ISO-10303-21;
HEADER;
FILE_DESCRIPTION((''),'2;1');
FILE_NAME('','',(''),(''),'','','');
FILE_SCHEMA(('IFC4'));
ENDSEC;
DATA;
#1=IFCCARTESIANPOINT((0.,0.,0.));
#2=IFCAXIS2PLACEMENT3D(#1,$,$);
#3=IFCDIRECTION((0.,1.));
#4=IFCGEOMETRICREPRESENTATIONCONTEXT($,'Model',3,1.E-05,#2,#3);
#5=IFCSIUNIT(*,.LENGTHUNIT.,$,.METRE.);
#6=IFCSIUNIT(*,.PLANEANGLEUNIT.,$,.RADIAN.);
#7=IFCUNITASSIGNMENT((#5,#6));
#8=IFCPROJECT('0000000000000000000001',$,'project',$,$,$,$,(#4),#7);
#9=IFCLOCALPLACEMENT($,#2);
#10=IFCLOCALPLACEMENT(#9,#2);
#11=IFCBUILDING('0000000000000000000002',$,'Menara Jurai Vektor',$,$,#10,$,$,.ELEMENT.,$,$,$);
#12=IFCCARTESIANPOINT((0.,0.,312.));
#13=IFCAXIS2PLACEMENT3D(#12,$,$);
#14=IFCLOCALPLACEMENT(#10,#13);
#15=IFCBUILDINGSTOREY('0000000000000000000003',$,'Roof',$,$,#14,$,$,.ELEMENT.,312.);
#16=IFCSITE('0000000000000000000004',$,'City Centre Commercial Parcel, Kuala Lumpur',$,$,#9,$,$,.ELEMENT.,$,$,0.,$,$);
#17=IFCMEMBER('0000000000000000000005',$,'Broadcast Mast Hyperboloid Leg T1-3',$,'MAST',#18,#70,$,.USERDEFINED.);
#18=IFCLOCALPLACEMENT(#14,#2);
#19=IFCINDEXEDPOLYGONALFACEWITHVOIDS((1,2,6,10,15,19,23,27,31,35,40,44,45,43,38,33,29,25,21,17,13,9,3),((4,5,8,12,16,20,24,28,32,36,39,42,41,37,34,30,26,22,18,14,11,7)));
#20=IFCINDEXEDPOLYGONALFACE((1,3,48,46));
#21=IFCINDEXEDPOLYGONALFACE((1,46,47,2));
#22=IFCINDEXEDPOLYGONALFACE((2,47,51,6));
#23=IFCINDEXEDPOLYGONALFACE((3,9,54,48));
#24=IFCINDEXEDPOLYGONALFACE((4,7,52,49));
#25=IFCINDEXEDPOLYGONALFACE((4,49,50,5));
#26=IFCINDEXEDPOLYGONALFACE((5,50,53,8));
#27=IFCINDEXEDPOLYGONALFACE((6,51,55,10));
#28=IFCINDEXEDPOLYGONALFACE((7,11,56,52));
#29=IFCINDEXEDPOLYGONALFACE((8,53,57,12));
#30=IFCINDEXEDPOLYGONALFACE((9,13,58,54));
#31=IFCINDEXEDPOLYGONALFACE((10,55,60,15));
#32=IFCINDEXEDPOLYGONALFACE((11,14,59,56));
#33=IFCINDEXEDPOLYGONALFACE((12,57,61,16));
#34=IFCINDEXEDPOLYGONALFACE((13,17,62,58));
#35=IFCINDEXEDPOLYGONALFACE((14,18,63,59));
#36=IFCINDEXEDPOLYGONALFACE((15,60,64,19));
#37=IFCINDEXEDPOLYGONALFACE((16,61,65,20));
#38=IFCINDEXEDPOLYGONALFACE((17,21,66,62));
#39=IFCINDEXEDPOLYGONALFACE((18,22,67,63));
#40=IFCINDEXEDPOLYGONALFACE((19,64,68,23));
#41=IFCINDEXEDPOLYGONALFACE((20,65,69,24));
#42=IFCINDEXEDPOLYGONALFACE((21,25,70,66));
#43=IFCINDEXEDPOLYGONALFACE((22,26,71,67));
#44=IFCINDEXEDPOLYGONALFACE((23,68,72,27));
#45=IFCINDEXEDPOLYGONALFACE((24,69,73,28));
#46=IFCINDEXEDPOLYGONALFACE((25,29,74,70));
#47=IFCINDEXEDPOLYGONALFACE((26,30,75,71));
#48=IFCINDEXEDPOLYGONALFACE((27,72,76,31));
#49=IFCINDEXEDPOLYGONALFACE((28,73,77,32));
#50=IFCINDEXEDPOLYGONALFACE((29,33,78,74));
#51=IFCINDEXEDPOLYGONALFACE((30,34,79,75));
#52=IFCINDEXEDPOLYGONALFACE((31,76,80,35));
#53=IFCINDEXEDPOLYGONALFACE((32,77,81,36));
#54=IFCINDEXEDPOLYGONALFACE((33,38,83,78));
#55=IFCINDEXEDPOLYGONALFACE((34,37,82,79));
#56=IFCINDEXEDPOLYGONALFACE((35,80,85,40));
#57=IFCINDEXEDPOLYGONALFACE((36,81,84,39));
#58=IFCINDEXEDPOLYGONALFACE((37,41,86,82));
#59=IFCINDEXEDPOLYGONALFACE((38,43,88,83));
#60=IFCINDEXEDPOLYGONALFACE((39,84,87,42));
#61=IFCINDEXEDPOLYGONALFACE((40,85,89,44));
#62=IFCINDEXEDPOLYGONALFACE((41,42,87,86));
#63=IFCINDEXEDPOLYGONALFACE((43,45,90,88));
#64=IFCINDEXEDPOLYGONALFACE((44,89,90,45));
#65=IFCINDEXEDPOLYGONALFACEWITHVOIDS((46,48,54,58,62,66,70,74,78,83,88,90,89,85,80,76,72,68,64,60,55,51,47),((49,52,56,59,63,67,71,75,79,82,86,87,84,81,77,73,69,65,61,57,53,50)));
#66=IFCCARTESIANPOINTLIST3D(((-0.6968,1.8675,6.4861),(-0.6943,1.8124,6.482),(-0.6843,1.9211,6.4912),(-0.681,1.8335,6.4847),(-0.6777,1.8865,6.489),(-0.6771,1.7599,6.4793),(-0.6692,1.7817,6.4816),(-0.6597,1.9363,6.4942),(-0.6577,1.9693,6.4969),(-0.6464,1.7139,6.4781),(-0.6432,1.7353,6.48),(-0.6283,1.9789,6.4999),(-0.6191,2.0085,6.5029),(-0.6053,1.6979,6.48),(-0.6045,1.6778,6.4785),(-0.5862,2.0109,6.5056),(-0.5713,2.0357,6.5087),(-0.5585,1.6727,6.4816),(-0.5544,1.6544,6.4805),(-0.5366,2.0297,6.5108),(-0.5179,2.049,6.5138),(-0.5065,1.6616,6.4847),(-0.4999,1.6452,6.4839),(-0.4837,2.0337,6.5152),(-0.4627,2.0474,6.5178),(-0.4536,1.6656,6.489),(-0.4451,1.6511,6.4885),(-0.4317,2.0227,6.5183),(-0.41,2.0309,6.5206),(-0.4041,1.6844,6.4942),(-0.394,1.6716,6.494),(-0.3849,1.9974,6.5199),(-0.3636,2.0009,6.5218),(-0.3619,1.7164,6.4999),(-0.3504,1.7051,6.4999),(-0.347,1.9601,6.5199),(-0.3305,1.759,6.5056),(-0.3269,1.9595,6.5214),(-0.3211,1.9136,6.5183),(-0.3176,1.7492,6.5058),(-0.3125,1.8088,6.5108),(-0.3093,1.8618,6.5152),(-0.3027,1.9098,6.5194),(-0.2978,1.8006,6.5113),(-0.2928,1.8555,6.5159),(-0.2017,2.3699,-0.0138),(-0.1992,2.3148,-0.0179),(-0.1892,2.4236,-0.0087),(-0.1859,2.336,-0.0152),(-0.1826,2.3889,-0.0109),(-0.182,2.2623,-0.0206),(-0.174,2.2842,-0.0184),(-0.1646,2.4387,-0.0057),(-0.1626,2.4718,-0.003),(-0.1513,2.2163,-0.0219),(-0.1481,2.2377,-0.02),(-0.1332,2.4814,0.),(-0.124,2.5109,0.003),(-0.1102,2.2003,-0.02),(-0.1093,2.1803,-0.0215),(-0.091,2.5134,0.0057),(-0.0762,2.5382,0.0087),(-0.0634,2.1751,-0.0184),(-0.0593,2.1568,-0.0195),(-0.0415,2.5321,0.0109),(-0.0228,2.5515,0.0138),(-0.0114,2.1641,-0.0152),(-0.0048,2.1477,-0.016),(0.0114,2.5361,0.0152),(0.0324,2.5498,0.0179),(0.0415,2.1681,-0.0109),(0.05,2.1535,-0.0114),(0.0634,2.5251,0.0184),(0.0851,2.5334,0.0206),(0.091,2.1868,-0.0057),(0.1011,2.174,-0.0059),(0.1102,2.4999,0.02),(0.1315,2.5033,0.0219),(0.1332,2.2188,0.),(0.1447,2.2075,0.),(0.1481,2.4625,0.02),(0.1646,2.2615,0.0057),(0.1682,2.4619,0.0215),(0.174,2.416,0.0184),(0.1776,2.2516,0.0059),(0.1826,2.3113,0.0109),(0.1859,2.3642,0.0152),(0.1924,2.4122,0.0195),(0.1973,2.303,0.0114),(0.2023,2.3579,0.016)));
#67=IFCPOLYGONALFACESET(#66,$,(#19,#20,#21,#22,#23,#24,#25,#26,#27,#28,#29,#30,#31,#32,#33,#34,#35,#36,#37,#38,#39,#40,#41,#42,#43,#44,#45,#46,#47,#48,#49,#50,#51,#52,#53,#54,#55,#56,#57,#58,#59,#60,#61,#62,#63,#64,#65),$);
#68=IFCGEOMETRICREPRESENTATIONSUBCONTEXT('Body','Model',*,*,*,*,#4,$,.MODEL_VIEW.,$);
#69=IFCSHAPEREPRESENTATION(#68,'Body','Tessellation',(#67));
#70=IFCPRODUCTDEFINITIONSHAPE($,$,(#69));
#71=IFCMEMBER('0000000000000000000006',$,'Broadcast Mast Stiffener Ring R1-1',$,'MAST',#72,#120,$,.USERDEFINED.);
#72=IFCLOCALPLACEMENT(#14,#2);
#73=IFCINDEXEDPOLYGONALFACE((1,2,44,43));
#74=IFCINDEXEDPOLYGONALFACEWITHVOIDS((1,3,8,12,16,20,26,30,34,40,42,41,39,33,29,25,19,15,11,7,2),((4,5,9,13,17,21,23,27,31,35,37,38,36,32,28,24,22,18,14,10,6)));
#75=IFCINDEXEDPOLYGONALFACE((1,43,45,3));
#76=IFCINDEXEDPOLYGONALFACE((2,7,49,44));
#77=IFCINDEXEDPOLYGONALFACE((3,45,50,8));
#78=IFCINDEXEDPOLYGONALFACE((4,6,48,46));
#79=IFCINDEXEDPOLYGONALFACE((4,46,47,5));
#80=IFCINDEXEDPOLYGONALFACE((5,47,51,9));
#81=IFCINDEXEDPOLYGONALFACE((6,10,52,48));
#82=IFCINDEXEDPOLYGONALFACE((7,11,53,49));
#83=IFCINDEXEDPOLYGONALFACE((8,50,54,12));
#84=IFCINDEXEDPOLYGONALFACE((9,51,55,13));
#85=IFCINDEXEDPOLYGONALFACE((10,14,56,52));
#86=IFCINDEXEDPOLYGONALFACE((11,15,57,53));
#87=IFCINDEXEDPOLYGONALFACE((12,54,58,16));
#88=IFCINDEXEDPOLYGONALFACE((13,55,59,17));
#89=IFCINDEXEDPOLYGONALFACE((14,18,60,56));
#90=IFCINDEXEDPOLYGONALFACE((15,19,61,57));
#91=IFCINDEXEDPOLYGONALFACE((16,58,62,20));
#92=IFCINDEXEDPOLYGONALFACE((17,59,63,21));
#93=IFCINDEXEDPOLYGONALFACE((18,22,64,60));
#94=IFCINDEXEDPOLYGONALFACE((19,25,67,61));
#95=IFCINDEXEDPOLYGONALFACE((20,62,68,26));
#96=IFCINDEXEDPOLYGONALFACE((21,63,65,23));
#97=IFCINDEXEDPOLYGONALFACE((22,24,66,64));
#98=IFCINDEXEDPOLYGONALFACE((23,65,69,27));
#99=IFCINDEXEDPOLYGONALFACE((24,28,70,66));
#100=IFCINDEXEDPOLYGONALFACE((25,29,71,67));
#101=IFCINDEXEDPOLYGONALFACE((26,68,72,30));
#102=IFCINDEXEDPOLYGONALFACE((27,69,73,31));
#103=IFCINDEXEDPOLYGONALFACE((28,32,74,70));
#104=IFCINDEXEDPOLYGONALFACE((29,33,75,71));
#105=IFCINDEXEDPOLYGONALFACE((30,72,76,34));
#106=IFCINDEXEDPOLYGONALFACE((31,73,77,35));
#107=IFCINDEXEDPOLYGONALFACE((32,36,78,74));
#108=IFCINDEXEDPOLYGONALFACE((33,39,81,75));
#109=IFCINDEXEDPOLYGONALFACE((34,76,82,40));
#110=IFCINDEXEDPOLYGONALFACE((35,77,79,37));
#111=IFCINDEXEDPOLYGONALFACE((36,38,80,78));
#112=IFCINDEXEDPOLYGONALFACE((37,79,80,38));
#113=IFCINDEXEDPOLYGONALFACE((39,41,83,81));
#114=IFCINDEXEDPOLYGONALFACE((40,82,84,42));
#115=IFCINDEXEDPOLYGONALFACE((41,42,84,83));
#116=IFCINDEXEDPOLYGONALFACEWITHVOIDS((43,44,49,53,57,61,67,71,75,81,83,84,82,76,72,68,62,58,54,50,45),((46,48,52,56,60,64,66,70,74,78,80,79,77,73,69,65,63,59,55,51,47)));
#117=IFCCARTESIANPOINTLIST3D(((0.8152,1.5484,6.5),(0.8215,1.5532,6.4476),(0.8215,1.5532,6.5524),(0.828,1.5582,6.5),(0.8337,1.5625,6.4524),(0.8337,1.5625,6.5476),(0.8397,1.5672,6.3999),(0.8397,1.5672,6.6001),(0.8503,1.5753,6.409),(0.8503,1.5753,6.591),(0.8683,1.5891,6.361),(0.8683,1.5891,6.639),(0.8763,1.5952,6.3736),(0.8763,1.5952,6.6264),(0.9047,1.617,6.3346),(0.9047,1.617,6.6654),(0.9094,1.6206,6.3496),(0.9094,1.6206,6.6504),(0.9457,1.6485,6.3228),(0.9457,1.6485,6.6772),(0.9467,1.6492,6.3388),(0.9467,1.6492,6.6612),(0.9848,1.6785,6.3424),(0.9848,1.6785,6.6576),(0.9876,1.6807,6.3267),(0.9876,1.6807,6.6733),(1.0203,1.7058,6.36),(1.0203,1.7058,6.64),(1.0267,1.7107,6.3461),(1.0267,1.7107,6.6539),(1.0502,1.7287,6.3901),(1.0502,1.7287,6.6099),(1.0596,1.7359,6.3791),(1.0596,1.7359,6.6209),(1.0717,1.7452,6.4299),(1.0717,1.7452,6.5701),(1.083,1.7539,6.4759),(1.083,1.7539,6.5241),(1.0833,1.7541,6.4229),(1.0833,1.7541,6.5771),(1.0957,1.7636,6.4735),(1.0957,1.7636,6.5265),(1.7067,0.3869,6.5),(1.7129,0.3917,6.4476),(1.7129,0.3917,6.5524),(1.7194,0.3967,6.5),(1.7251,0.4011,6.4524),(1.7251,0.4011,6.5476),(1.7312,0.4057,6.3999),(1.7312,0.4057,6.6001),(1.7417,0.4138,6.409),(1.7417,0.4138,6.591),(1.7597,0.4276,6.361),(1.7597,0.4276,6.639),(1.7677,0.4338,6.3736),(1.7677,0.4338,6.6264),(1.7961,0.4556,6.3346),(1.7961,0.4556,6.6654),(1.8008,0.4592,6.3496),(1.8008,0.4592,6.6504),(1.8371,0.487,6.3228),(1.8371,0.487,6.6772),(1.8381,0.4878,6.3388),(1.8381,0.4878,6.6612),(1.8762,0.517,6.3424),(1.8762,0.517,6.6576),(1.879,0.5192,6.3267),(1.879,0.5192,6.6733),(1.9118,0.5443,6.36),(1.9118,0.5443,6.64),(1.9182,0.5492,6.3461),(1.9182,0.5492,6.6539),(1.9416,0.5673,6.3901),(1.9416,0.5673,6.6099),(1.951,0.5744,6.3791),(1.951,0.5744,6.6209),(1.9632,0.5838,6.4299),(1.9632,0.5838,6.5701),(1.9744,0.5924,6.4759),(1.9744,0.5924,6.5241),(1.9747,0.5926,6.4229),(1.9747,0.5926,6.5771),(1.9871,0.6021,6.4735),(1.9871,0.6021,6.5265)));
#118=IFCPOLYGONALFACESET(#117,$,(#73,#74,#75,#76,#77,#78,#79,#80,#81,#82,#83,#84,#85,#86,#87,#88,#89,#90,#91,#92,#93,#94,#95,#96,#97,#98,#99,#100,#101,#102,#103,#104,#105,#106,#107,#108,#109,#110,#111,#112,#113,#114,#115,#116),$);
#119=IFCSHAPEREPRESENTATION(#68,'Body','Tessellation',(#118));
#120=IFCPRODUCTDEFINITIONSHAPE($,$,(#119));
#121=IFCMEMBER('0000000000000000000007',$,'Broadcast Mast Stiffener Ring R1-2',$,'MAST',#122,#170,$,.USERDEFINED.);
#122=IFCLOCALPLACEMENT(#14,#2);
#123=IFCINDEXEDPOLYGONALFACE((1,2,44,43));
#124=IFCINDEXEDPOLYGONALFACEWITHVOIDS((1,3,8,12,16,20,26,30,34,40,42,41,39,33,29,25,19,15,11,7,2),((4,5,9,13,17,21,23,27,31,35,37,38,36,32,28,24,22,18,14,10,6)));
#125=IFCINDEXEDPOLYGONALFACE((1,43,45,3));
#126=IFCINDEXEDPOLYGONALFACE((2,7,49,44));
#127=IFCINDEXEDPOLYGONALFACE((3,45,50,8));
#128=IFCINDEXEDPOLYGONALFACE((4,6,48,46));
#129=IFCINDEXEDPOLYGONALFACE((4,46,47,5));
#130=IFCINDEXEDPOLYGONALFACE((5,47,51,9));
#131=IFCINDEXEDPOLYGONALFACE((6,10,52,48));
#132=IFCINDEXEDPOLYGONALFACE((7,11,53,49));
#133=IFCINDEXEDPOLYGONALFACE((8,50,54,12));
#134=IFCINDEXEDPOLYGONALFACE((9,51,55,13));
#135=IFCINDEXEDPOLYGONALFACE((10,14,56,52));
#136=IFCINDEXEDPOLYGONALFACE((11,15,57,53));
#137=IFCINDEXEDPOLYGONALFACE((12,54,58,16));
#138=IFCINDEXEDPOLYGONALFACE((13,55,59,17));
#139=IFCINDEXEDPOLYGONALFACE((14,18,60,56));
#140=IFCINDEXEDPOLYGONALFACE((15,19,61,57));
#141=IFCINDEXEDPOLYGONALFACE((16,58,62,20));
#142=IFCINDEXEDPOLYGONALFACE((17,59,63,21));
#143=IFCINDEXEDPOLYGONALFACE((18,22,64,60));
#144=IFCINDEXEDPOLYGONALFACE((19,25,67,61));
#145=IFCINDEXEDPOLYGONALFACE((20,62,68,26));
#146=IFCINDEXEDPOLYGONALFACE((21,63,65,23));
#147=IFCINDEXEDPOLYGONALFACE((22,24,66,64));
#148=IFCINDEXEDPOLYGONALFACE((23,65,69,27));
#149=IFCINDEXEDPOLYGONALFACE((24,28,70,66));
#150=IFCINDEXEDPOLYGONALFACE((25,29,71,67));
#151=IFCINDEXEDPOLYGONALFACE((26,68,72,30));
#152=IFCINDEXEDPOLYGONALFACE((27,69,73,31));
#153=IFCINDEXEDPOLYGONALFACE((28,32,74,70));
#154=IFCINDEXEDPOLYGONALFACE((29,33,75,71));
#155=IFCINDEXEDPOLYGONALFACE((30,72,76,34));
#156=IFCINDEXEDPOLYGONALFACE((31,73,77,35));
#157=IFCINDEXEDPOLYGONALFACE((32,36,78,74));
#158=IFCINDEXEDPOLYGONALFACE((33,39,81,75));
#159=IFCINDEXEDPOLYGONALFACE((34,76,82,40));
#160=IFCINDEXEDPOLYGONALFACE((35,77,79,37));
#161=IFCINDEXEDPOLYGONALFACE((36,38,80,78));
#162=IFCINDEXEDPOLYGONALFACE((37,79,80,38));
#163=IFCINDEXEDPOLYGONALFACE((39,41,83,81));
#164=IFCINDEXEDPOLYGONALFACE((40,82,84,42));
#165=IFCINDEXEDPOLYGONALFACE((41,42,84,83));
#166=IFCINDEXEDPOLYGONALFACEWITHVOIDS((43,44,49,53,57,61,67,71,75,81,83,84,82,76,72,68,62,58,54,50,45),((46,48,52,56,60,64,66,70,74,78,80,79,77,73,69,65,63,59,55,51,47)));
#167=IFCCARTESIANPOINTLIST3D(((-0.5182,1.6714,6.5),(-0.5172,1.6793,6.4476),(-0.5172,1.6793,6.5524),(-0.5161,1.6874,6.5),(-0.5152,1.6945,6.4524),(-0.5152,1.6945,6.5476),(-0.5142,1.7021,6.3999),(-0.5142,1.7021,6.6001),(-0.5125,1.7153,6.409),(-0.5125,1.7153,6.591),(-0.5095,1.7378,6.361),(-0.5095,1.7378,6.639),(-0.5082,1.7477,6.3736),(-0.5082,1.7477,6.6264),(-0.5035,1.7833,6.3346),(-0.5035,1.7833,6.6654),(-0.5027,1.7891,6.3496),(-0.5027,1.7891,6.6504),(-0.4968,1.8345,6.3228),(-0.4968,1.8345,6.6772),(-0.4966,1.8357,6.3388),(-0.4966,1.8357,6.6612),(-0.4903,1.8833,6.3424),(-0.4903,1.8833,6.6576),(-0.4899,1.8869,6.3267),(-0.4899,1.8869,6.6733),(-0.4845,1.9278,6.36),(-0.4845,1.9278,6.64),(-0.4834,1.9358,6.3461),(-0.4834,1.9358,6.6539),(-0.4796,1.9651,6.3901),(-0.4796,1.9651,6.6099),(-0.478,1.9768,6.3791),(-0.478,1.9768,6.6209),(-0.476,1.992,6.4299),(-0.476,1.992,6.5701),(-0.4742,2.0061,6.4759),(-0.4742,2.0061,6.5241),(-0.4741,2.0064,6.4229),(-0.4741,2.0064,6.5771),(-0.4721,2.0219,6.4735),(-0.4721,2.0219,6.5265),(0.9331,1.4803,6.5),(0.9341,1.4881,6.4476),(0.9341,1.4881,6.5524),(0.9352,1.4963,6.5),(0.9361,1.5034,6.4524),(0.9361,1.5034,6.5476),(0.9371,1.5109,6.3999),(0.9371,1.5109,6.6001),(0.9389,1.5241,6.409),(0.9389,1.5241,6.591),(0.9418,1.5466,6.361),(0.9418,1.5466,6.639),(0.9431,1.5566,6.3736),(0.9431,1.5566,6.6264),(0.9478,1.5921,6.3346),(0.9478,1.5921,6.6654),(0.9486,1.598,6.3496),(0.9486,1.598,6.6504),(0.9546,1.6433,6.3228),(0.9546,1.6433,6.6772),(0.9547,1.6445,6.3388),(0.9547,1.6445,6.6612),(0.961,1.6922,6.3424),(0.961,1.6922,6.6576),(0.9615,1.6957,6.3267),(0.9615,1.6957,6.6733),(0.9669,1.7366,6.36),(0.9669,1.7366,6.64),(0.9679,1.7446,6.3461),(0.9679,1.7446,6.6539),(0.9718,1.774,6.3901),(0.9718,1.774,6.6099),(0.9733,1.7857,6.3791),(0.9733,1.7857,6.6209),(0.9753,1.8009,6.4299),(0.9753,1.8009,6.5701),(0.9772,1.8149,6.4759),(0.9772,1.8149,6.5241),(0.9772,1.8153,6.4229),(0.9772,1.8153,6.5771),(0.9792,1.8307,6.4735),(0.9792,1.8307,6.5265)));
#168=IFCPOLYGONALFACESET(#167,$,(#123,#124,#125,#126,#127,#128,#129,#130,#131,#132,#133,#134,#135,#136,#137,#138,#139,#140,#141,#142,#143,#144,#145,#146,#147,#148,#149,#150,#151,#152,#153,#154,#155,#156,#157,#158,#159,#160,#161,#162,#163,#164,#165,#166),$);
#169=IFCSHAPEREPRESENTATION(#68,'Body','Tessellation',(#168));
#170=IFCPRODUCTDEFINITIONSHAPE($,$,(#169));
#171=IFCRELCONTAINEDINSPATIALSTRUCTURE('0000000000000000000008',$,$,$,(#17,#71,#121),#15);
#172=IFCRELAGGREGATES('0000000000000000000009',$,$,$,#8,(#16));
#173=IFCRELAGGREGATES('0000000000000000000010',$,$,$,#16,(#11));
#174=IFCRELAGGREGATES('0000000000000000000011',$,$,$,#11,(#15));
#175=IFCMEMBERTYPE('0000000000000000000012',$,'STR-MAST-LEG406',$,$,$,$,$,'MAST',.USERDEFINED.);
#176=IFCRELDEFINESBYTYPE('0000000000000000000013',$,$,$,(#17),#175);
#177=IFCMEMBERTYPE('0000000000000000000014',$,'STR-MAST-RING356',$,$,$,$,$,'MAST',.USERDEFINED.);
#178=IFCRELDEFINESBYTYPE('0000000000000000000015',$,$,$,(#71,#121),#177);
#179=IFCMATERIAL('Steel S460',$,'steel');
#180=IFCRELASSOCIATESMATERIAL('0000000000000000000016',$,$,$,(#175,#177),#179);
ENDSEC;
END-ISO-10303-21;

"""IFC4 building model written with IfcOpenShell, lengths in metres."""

from ifc_helpers import new_model, si_unit, direction, frame, origin, origin_2d, place, context, subcontext, project, spatial, hollow_circle, extrude, material, material_profile, profile_set, type_object, element, save


model = new_model("IFC4")

# Units and contexts
model_context = context("Model", 3, precision=1e-05, world=origin(), true_north=direction((0.0, 1.0)))
body_context = subcontext(model_context, "Body", "Model", "MODEL_VIEW")
ifc_project = project(units=[si_unit("LENGTHUNIT", "METRE"), si_unit("PLANEANGLEUNIT", "RADIAN")], contexts=[model_context])

# Site, building, storey
site_placement = place(None, origin())
site = spatial("IfcSite", under=ifc_project, at=site_placement, Name="City Centre Commercial Parcel, Kuala Lumpur", CompositionType="ELEMENT", RefElevation=0.0)
building_placement = place(site_placement, origin())
building = spatial("IfcBuilding", under=site, at=building_placement, Name="Menara Jurai Vektor", CompositionType="ELEMENT")
storey_placement = place(building_placement, frame((0.0, 0.0, 312.0)))
storey = spatial("IfcBuildingStorey", under=building, at=storey_placement, Name="Roof", CompositionType="ELEMENT", Elevation=312.0)

# Shared definitions
ifc_material_1 = material(Name="Steel S460", Category="steel")

# Members
ifc_material_profile_1 = material_profile(ifc_material_1, hollow_circle(Radius=0.2031, WallThickness=0.0161, at=origin_2d()), Name="CHS 406.4x16")
ifc_profile_set_1 = profile_set([ifc_material_profile_1], Name="Steel S460")
member_type_1 = type_object("IfcMemberType", Name="STR-MAST-LEG406", ElementType="MAST", PredefinedType="USERDEFINED", material=ifc_profile_set_1)
for number, where, z_axis, x_axis, name in (
    (1, (0.0, 2.3501, 0.0), (-0.075727, -0.076847, 0.994163), (0.712279, -0.701896, 0.0), "Broadcast Mast Hyperboloid Leg T1-3"),
):
    element("IfcMember", number, at=place(storey_placement, frame(where, z_axis=z_axis, x_axis=x_axis)), inside=storey, type_object=member_type_1, Name=name, ObjectType="MAST", PredefinedType="USERDEFINED", context=body_context, shape_type="SweptSolid", body=[
        extrude(hollow_circle(Radius=0.2031, WallThickness=0.0161, at=origin_2d()), origin(), (0.0, 0.0, 1.0), 6.5381),
    ])
ifc_material_profile_2 = material_profile(ifc_material_1, hollow_circle(Radius=0.1777, WallThickness=0.0161, at=origin_2d()), Name="CHS 355.6x16")
ifc_profile_set_2 = profile_set([ifc_material_profile_2], Name="Steel S460")
member_type_2 = type_object("IfcMemberType", Name="STR-MAST-RING356", ElementType="MAST", PredefinedType="USERDEFINED", material=ifc_profile_set_2)
member_1_placement = place(storey_placement, frame((1.8477, 0.4951, 6.5), z_axis=(-0.608848, 0.793287, 0.0), x_axis=(-0.793287, -0.608848, 0.0)))
element("IfcMember", 2, at=member_1_placement, inside=storey, type_object=member_type_2, Name="Broadcast Mast Stiffener Ring R1-1", ObjectType="MAST", PredefinedType="USERDEFINED", context=body_context, shape_type="SweptSolid", body=[
    extrude(hollow_circle(Radius=0.1777, WallThickness=0.0161, at=origin_2d()), origin(), (0.0, 0.0, 1.0), 1.4641),
])
member_2_placement = place(storey_placement, frame((0.9563, 1.6565, 6.5), z_axis=(-0.991438, 0.13058, 0.0), x_axis=(-0.13058, -0.991438, 0.0)))
element("IfcMember", 3, at=member_2_placement, inside=storey, type_object=member_type_2, Name="Broadcast Mast Stiffener Ring R1-2", ObjectType="MAST", PredefinedType="USERDEFINED", context=body_context, shape_type="SweptSolid", body=[
    extrude(hollow_circle(Radius=0.1777, WallThickness=0.0161, at=origin_2d()), origin(), (0.0, 0.0, 1.0), 1.4639),
])

save(model, "model.ifc")
